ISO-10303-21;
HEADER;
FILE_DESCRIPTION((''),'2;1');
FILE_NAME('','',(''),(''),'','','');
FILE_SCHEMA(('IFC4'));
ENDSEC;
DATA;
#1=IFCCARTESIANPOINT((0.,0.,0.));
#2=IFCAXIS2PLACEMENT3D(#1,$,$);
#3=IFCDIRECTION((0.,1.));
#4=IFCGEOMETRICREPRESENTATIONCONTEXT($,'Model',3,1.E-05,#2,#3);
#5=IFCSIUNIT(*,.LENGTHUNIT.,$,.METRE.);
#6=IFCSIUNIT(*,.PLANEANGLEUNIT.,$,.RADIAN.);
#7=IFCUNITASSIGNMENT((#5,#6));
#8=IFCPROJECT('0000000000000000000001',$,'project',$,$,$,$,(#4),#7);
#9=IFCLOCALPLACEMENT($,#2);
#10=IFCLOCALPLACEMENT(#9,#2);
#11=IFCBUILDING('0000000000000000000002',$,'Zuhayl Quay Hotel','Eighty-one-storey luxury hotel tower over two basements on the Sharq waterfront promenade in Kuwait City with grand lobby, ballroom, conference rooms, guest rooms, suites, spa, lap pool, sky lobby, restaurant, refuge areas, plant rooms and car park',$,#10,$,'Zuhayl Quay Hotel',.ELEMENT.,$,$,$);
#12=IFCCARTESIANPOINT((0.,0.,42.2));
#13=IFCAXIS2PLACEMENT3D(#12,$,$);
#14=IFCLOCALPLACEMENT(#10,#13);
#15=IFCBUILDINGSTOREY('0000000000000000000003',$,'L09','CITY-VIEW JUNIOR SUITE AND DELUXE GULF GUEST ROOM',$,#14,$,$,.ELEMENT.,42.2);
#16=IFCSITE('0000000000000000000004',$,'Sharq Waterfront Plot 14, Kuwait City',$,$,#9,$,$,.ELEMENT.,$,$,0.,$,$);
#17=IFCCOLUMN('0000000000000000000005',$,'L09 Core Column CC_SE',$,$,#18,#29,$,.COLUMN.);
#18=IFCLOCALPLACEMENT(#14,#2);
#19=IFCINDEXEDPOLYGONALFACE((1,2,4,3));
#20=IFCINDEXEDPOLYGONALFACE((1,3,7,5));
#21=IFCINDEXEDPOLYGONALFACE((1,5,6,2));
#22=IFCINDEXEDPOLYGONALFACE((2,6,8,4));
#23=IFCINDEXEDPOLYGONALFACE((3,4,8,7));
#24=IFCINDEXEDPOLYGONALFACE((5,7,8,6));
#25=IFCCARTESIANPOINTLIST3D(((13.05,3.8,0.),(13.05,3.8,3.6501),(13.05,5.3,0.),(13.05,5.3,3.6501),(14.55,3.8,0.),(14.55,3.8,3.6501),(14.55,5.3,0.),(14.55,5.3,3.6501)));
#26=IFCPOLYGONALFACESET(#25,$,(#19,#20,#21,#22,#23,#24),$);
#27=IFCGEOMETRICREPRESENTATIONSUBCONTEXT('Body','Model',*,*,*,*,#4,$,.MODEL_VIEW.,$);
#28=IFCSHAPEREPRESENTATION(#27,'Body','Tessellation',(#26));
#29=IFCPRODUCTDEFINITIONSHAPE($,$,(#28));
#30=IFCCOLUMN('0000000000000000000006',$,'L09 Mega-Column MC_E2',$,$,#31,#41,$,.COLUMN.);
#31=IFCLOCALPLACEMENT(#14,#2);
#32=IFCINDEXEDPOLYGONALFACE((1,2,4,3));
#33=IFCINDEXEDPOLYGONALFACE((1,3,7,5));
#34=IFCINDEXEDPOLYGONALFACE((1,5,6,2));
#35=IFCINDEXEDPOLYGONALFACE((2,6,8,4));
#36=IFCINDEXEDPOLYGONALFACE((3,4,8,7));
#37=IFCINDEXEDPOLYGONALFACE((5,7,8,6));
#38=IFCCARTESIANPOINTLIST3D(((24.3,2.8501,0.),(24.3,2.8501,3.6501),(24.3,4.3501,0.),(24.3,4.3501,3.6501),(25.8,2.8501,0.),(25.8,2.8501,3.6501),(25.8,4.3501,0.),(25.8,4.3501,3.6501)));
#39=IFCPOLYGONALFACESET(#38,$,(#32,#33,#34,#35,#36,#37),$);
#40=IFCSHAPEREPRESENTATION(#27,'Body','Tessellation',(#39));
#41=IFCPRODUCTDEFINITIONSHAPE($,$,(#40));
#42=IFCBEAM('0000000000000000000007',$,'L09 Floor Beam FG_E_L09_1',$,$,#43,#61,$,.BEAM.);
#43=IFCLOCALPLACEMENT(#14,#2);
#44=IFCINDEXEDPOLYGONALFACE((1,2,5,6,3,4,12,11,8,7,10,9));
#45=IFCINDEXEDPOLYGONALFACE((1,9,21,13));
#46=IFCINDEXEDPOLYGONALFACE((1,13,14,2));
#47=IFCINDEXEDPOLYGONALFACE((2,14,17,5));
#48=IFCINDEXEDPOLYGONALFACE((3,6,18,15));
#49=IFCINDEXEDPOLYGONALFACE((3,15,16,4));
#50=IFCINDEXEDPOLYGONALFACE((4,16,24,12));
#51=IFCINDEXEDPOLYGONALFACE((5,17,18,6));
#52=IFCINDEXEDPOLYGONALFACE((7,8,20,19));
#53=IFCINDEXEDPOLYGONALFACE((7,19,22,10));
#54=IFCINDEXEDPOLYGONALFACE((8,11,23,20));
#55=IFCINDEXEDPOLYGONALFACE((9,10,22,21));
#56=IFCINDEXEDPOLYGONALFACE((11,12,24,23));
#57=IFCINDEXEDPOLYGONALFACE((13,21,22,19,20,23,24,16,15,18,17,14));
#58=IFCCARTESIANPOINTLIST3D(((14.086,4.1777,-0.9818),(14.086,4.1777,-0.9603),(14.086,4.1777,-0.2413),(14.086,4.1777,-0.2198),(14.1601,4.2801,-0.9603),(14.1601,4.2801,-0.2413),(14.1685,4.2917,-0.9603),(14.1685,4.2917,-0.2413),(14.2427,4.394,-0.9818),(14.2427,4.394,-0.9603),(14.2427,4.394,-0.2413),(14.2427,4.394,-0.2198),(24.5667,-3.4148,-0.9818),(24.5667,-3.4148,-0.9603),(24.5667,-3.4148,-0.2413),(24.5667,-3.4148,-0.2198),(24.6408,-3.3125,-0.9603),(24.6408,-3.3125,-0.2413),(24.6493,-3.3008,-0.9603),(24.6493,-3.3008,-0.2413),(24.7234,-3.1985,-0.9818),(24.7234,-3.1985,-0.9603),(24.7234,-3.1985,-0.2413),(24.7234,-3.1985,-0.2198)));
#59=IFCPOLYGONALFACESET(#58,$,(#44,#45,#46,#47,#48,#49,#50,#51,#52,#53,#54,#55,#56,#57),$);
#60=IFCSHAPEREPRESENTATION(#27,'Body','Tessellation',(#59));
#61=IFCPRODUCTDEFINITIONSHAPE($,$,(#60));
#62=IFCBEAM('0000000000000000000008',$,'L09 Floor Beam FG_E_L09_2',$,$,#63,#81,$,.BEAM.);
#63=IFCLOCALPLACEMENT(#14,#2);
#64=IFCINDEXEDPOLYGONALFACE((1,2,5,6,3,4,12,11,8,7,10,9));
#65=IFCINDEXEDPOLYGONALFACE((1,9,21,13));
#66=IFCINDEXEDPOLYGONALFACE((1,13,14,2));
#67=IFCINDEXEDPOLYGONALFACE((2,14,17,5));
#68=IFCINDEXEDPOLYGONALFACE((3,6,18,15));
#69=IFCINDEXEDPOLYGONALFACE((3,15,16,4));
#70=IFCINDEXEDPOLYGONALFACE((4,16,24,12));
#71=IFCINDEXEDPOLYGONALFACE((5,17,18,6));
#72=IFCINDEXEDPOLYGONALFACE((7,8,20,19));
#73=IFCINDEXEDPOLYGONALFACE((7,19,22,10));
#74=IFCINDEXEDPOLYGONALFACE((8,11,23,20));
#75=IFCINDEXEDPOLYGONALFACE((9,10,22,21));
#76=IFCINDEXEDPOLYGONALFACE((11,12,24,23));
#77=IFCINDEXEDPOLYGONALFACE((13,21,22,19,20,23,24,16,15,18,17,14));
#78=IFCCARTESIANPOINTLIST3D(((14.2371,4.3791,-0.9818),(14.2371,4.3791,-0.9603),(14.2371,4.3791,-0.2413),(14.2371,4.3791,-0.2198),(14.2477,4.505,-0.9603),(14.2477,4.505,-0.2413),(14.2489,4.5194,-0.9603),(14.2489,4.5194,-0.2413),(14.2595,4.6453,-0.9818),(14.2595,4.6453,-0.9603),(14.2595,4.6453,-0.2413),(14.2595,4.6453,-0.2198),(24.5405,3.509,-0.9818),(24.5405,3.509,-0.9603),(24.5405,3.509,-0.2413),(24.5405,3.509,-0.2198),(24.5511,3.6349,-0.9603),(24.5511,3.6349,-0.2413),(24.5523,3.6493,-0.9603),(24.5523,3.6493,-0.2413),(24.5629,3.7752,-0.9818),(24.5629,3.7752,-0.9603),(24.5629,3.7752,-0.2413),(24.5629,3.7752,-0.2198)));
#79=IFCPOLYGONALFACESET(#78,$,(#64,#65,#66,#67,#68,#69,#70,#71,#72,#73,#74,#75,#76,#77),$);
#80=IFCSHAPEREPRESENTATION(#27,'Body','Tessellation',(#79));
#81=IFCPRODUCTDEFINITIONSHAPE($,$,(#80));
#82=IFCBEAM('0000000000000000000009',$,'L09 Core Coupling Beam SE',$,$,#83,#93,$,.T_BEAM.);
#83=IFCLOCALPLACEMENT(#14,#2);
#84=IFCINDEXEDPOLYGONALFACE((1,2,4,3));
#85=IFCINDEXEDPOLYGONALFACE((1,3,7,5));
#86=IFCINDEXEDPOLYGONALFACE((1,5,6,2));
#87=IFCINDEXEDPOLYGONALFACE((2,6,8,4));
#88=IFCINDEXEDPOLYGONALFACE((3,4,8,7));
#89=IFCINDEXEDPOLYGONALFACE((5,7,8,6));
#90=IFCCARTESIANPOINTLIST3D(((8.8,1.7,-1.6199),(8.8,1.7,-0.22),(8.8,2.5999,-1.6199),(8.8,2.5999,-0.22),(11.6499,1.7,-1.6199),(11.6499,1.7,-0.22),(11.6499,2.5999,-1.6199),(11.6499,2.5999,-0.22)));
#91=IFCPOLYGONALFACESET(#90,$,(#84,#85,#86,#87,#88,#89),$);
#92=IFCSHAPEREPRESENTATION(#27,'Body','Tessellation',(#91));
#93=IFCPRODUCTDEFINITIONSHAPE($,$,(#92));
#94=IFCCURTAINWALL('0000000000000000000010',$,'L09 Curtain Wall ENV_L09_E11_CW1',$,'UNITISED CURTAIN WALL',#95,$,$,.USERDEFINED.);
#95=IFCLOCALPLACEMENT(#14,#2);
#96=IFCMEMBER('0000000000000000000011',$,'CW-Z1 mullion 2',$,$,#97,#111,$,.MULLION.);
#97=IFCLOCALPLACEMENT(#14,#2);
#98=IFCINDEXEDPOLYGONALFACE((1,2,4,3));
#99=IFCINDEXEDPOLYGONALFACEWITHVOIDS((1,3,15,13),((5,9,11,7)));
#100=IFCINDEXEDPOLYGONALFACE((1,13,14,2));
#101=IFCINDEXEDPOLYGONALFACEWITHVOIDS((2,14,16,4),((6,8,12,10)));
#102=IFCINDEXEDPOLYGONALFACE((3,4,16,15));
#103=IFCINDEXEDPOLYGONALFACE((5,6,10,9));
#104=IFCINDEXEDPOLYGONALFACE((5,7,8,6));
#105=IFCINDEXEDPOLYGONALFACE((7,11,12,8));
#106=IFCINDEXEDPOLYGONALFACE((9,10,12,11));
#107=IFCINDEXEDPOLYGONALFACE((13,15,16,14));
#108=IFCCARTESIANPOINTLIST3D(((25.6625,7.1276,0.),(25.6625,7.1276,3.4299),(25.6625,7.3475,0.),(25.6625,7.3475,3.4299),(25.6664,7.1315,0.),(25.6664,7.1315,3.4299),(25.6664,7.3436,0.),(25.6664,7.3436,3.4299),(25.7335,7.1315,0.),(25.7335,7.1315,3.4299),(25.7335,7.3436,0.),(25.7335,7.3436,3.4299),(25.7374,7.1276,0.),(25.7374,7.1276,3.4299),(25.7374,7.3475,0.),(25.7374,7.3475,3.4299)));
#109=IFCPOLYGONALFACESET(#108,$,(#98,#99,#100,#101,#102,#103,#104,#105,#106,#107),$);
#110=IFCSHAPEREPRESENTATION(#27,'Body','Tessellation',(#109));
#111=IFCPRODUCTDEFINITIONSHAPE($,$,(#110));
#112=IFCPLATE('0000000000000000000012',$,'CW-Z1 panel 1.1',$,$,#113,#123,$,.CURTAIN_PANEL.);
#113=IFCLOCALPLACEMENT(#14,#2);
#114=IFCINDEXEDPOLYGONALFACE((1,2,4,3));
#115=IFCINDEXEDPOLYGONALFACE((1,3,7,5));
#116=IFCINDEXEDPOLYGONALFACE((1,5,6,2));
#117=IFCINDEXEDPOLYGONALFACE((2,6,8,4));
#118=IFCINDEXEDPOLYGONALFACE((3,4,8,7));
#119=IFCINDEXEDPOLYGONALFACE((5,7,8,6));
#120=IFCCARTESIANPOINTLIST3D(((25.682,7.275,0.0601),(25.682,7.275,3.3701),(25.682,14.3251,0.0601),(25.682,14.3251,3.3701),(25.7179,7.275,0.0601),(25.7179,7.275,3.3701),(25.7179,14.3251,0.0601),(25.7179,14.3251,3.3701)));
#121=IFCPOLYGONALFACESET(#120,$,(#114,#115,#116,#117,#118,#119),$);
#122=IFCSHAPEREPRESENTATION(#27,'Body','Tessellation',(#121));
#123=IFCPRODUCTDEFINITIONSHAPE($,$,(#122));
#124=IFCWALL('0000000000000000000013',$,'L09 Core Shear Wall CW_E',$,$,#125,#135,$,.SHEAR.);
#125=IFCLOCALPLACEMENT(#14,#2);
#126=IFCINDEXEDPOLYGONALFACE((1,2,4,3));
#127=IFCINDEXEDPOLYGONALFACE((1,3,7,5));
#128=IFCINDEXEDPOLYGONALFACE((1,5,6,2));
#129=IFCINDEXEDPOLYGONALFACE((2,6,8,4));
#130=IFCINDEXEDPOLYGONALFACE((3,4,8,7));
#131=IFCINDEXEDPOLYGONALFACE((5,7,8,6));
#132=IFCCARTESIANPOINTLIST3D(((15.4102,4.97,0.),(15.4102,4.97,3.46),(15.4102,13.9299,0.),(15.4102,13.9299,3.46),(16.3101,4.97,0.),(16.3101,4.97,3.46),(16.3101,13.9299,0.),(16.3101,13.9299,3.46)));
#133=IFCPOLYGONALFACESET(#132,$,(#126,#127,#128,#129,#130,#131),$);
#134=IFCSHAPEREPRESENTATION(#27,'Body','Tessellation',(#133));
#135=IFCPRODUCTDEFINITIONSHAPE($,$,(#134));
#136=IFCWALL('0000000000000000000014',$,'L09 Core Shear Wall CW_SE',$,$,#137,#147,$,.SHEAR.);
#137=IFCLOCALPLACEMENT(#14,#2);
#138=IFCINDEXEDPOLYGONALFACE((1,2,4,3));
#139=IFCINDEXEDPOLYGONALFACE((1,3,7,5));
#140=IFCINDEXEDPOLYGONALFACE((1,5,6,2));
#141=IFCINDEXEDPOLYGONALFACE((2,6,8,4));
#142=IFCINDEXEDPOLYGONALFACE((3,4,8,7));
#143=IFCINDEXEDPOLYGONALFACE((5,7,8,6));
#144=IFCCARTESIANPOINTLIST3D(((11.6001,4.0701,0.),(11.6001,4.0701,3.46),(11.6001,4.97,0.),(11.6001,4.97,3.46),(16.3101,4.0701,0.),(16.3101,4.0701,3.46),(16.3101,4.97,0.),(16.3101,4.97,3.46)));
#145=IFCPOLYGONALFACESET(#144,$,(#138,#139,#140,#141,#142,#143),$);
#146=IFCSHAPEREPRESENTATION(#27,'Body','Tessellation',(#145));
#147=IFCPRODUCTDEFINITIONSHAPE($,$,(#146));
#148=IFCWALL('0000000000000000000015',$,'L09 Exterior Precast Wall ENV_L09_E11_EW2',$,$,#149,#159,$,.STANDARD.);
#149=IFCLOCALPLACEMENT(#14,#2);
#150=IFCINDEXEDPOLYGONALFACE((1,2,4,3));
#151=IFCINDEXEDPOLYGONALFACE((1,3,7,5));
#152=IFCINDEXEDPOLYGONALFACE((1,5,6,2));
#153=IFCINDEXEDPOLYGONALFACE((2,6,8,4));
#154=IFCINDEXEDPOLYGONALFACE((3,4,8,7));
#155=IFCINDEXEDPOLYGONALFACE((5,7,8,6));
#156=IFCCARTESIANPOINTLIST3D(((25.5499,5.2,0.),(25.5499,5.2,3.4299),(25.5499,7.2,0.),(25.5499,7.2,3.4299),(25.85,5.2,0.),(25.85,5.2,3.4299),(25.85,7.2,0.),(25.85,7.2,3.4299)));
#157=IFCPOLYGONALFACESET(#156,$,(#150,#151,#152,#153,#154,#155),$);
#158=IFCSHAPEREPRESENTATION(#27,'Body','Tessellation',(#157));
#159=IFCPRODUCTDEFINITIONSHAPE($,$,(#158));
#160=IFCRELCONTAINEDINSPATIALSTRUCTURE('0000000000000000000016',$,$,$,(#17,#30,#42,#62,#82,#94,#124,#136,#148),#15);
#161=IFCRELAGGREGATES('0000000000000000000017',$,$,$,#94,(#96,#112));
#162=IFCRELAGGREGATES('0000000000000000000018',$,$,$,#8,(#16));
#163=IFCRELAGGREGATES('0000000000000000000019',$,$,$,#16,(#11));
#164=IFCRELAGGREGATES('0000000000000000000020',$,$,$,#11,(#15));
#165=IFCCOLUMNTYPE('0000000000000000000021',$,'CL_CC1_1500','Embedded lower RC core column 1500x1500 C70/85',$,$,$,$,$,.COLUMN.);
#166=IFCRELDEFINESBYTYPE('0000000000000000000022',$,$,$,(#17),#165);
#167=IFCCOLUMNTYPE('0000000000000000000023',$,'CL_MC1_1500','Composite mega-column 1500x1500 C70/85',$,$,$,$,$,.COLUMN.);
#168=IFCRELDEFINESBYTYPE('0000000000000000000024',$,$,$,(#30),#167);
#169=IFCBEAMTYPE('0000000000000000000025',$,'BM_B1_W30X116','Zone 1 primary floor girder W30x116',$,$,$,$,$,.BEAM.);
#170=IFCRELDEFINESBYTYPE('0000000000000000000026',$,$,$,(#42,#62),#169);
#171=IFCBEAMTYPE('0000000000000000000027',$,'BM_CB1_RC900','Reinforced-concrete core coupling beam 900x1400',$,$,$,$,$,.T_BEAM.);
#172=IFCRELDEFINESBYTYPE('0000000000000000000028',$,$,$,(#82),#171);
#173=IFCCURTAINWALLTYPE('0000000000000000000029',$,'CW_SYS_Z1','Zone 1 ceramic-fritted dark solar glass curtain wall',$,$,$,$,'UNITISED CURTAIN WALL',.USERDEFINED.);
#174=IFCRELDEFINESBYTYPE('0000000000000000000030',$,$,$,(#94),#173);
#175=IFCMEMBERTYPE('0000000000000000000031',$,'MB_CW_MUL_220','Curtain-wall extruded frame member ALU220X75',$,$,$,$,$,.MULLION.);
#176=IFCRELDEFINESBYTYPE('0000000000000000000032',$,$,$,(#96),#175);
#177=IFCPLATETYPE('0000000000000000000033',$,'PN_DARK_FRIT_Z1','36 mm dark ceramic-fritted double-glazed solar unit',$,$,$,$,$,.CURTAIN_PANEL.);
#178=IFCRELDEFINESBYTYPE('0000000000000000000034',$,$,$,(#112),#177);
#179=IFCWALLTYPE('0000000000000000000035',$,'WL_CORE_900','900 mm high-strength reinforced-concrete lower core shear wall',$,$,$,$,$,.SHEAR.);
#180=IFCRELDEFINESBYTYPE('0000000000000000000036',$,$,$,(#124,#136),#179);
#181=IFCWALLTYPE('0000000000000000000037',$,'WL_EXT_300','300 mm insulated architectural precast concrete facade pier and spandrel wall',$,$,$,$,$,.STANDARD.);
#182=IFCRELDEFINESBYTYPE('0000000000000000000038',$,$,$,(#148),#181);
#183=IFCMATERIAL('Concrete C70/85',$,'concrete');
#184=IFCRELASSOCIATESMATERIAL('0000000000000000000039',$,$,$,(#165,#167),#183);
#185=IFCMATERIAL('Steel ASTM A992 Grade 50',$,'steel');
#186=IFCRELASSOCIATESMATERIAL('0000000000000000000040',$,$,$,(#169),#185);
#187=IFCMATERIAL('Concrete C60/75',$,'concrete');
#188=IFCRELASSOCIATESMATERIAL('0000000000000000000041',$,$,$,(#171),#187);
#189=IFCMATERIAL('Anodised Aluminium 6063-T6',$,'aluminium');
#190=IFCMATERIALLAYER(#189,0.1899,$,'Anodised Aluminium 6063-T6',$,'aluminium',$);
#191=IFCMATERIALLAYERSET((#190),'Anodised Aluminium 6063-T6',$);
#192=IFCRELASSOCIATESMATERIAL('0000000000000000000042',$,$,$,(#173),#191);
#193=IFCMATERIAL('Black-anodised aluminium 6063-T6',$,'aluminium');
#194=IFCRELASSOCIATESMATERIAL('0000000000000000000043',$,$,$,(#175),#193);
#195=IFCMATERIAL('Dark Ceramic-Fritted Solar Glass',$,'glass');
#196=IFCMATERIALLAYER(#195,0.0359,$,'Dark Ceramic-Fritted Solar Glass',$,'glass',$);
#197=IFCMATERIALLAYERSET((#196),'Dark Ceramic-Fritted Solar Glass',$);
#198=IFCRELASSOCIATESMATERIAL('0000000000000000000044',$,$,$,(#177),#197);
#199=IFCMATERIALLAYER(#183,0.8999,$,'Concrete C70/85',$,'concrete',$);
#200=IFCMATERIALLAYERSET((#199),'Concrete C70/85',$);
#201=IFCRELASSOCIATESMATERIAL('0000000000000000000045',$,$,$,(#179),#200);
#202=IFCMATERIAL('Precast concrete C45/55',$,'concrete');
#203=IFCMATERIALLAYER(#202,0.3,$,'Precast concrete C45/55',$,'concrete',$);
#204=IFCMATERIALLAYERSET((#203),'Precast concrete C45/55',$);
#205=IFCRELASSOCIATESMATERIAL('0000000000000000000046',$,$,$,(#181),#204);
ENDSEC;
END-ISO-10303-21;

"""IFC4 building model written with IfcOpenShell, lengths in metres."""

from ifc_helpers import new_model, si_unit, direction, frame, frame_2d, origin, origin_2d, place, context, subcontext, project, spatial, rectangle, hollow_rectangle, i_section, extrude, material, layer, layer_set, material_profile, profile_set, type_object, element, aggregate, save


model = new_model("IFC4")

# Units and contexts
model_context = context("Model", 3, precision=1e-05, world=origin(), true_north=direction((0.0, 1.0)))
body_context = subcontext(model_context, "Body", "Model", "MODEL_VIEW")
ifc_project = project(units=[si_unit("LENGTHUNIT", "METRE"), si_unit("PLANEANGLEUNIT", "RADIAN")], contexts=[model_context])

# Site, building, storey
site_placement = place(None, origin())
site = spatial("IfcSite", under=ifc_project, at=site_placement, Name="Sharq Waterfront Plot 14, Kuwait City", CompositionType="ELEMENT", RefElevation=0.0)
building_placement = place(site_placement, origin())
building = spatial("IfcBuilding", under=site, at=building_placement, Name="Zuhayl Quay Hotel", Description="Eighty-one-storey luxury hotel tower over two basements on the Sharq waterfront promenade in Kuwait City with grand lobby, ballroom, conference rooms, guest rooms, suites, spa, lap pool, sky lobby, restaurant, refuge areas, plant rooms and car park", LongName="Zuhayl Quay Hotel", CompositionType="ELEMENT")
storey_placement = place(building_placement, frame((0.0, 0.0, 42.2)))
storey = spatial("IfcBuildingStorey", under=building, at=storey_placement, Name="L09", Description="CITY-VIEW JUNIOR SUITE AND DELUXE GULF GUEST ROOM", CompositionType="ELEMENT", Elevation=42.2)

# Columns
ifc_material_1 = material(Name="Concrete C70/85", Category="concrete")
ifc_material_profile_1 = material_profile(ifc_material_1, rectangle(XDim=1.5, YDim=1.5, at=origin_2d()), Name="RC1500X1500")
ifc_profile_set_1 = profile_set([ifc_material_profile_1], Name="Concrete C70/85")
column_type_1 = type_object("IfcColumnType", Name="CL_CC1_1500", Description="Embedded lower RC core column 1500x1500 C70/85", PredefinedType="COLUMN", material=ifc_profile_set_1)
column_1_placement = place(storey_placement, frame((13.8, 4.55, 0.0), z_axis=(0.0, 0.0, 1.0), x_axis=(1.0, 0.0, 0.0)))
element("IfcColumn", 1, at=column_1_placement, inside=storey, type_object=column_type_1, Name="L09 Core Column CC_SE", PredefinedType="COLUMN", context=body_context, shape_type="SweptSolid", body=[
    extrude(rectangle(XDim=1.5, YDim=1.5, at=origin_2d()), origin(), (0.0, 0.0, 1.0), 3.6501),
])
ifc_material_profile_2 = material_profile(ifc_material_1, rectangle(XDim=1.5, YDim=1.5, at=origin_2d()), Name="RC1500X1500")
ifc_profile_set_2 = profile_set([ifc_material_profile_2], Name="Concrete C70/85")
column_type_2 = type_object("IfcColumnType", Name="CL_MC1_1500", Description="Composite mega-column 1500x1500 C70/85", PredefinedType="COLUMN", material=ifc_profile_set_2)
column_2_placement = place(storey_placement, frame((25.05, 3.6001, 0.0), z_axis=(0.0, 0.0, 1.0), x_axis=(1.0, 0.0, 0.0)))
element("IfcColumn", 2, at=column_2_placement, inside=storey, type_object=column_type_2, Name="L09 Mega-Column MC_E2", PredefinedType="COLUMN", context=body_context, shape_type="SweptSolid", body=[
    extrude(rectangle(XDim=1.5, YDim=1.5, at=origin_2d()), origin(), (0.0, 0.0, 1.0), 3.6501),
])

# Beams
ifc_material_2 = material(Name="Steel ASTM A992 Grade 50", Category="steel")
ifc_material_profile_3 = material_profile(ifc_material_2, i_section(OverallWidth=0.2671, OverallDepth=0.762, WebThickness=0.0144, FlangeThickness=0.0215, at=origin_2d()), Name="W30X116")
ifc_profile_set_3 = profile_set([ifc_material_profile_3], Name="Steel ASTM A992 Grade 50")
beam_type_1 = type_object("IfcBeamType", Name="BM_B1_W30X116", Description="Zone 1 primary floor girder W30x116", PredefinedType="BEAM", material=ifc_profile_set_3)
beam_1_placement = place(storey_placement, frame((14.1643, 4.2859, -0.6008), z_axis=(0.80983, -0.586664, 0.0), x_axis=(0.586664, 0.80983, 0.0)))
element("IfcBeam", 3, at=beam_1_placement, inside=storey, type_object=beam_type_1, Name="L09 Floor Beam FG_E_L09_1", PredefinedType="BEAM", context=body_context, shape_type="SweptSolid", body=[
    extrude(i_section(OverallWidth=0.2671, OverallDepth=0.762, WebThickness=0.0144, FlangeThickness=0.0215, at=origin_2d()), origin(), (0.0, 0.0, 1.0), 12.9419),
])
beam_2_placement = place(storey_placement, frame((14.2483, 4.5122, -0.6008), z_axis=(0.996453, -0.084149, 0.0), x_axis=(0.084149, 0.996453, 0.0)))
element("IfcBeam", 4, at=beam_2_placement, inside=storey, type_object=beam_type_1, Name="L09 Floor Beam FG_E_L09_2", PredefinedType="BEAM", context=body_context, shape_type="SweptSolid", body=[
    extrude(i_section(OverallWidth=0.2671, OverallDepth=0.762, WebThickness=0.0144, FlangeThickness=0.0215, at=origin_2d()), origin(), (0.0, 0.0, 1.0), 10.3401),
])
ifc_material_3 = material(Name="Concrete C60/75", Category="concrete")
ifc_material_profile_4 = material_profile(ifc_material_3, rectangle(XDim=0.8999, YDim=1.3999, at=origin_2d()), Name="RC900X1400")
ifc_profile_set_4 = profile_set([ifc_material_profile_4], Name="Concrete C60/75")
beam_type_2 = type_object("IfcBeamType", Name="BM_CB1_RC900", Description="Reinforced-concrete core coupling beam 900x1400", PredefinedType="T_BEAM", material=ifc_profile_set_4)
beam_3_placement = place(storey_placement, frame((8.8, 2.1499, -0.9199), z_axis=(1.0, 0.0, 0.0), x_axis=(0.0, 1.0, 0.0)))
element("IfcBeam", 5, at=beam_3_placement, inside=storey, type_object=beam_type_2, Name="L09 Core Coupling Beam SE", PredefinedType="T_BEAM", context=body_context, shape_type="SweptSolid", body=[
    extrude(rectangle(XDim=0.8999, YDim=1.3999, at=origin_2d()), origin(), (0.0, 0.0, 1.0), 2.8499),
])

# Curtain wall, member, plate
ifc_material_4 = material(Name="Anodised Aluminium 6063-T6", Category="aluminium")
ifc_layer_1 = layer(ifc_material_4, 0.1899, Name="Anodised Aluminium 6063-T6", Category="aluminium")
ifc_layer_set_1 = layer_set([ifc_layer_1], Name="Anodised Aluminium 6063-T6")
curtain_wall_type = type_object("IfcCurtainWallType", Name="CW_SYS_Z1", Description="Zone 1 ceramic-fritted dark solar glass curtain wall", ElementType="UNITISED CURTAIN WALL", PredefinedType="USERDEFINED", material=ifc_layer_set_1)
curtain_wall_placement = place(storey_placement, origin())
curtain_wall = element("IfcCurtainWall", 6, at=curtain_wall_placement, inside=storey, type_object=curtain_wall_type, Name="L09 Curtain Wall ENV_L09_E11_CW1", ObjectType="UNITISED CURTAIN WALL", PredefinedType="USERDEFINED")
ifc_material_5 = material(Name="Black-anodised aluminium 6063-T6", Category="aluminium")
ifc_material_profile_5 = material_profile(ifc_material_5, hollow_rectangle(XDim=0.075, YDim=0.22, WallThickness=0.0039, at=origin_2d()), Name="ALU220X75")
ifc_profile_set_5 = profile_set([ifc_material_profile_5], Name="Black-anodised aluminium 6063-T6")
member_type = type_object("IfcMemberType", Name="MB_CW_MUL_220", Description="Curtain-wall extruded frame member ALU220X75", PredefinedType="MULLION", material=ifc_profile_set_5)
member_placement = place(storey_placement, frame((25.7, 7.2375, 0.0), z_axis=(0.0, 0.0, 1.0), x_axis=(1.0, 0.0, 0.0)))
member = element("IfcMember", 7, at=member_placement, type_object=member_type, Name="CW-Z1 mullion 2", PredefinedType="MULLION", context=body_context, shape_type="SweptSolid", body=[
    extrude(hollow_rectangle(XDim=0.075, YDim=0.22, WallThickness=0.0039, at=origin_2d()), origin(), (0.0, 0.0, 1.0), 3.4299),
])
ifc_material_6 = material(Name="Dark Ceramic-Fritted Solar Glass", Category="glass")
ifc_layer_2 = layer(ifc_material_6, 0.0359, Name="Dark Ceramic-Fritted Solar Glass", Category="glass")
ifc_layer_set_2 = layer_set([ifc_layer_2], Name="Dark Ceramic-Fritted Solar Glass")
plate_type = type_object("IfcPlateType", Name="PN_DARK_FRIT_Z1", Description="36 mm dark ceramic-fritted double-glazed solar unit", PredefinedType="CURTAIN_PANEL", material=ifc_layer_set_2)
plate_placement = place(storey_placement, frame((25.7, 10.8, 0.0601), z_axis=(0.0, 0.0, 1.0), x_axis=(0.0, -1.0, 0.0)))
plate = element("IfcPlate", 8, at=plate_placement, type_object=plate_type, Name="CW-Z1 panel 1.1", PredefinedType="CURTAIN_PANEL", context=body_context, shape_type="SweptSolid", body=[
    extrude(rectangle(XDim=7.05, YDim=0.0359, at=origin_2d()), origin(), (0.0, 0.0, 1.0), 3.3101),
])
aggregate(curtain_wall, [member, plate])

# Walls
ifc_layer_3 = layer(ifc_material_1, 0.8999, Name="Concrete C70/85", Category="concrete")
ifc_layer_set_3 = layer_set([ifc_layer_3], Name="Concrete C70/85")
wall_type_1 = type_object("IfcWallType", Name="WL_CORE_900", Description="900 mm high-strength reinforced-concrete lower core shear wall", PredefinedType="SHEAR", material=ifc_layer_set_3)
wall_1_placement = place(storey_placement, frame((15.8601, 4.97, 0.0), z_axis=(0.0, 0.0, 1.0), x_axis=(0.0, 1.0, 0.0)))
element("IfcWall", 9, at=wall_1_placement, inside=storey, type_object=wall_type_1, Name="L09 Core Shear Wall CW_E", PredefinedType="SHEAR", context=body_context, shape_type="SweptSolid", body=[
    extrude(rectangle(XDim=8.96, YDim=0.8999, at=frame_2d((4.48, 0.0))), origin(), (0.0, 0.0, 1.0), 3.46),
])
wall_2_placement = place(storey_placement, frame((11.6001, 4.52, 0.0), z_axis=(0.0, 0.0, 1.0), x_axis=(1.0, 0.0, 0.0)))
element("IfcWall", 10, at=wall_2_placement, inside=storey, type_object=wall_type_1, Name="L09 Core Shear Wall CW_SE", PredefinedType="SHEAR", context=body_context, shape_type="SweptSolid", body=[
    extrude(rectangle(XDim=4.71, YDim=0.8999, at=frame_2d((2.355, 0.0))), origin(), (0.0, 0.0, 1.0), 3.46),
])
ifc_material_7 = material(Name="Precast concrete C45/55", Category="concrete")
ifc_layer_4 = layer(ifc_material_7, 0.3, Name="Precast concrete C45/55", Category="concrete")
ifc_layer_set_4 = layer_set([ifc_layer_4], Name="Precast concrete C45/55")
wall_type_2 = type_object("IfcWallType", Name="WL_EXT_300", Description="300 mm insulated architectural precast concrete facade pier and spandrel wall", PredefinedType="STANDARD", material=ifc_layer_set_4)
wall_3_placement = place(storey_placement, frame((25.7, 7.2, 0.0), z_axis=(0.0, 0.0, 1.0), x_axis=(0.0, -1.0, 0.0)))
element("IfcWall", 11, at=wall_3_placement, inside=storey, type_object=wall_type_2, Name="L09 Exterior Precast Wall ENV_L09_E11_EW2", PredefinedType="STANDARD", context=body_context, shape_type="SweptSolid", body=[
    extrude(rectangle(XDim=2.0, YDim=0.3, at=frame_2d((1.0, 0.0))), origin(), (0.0, 0.0, 1.0), 3.4299),
])

save(model, "model.ifc")
